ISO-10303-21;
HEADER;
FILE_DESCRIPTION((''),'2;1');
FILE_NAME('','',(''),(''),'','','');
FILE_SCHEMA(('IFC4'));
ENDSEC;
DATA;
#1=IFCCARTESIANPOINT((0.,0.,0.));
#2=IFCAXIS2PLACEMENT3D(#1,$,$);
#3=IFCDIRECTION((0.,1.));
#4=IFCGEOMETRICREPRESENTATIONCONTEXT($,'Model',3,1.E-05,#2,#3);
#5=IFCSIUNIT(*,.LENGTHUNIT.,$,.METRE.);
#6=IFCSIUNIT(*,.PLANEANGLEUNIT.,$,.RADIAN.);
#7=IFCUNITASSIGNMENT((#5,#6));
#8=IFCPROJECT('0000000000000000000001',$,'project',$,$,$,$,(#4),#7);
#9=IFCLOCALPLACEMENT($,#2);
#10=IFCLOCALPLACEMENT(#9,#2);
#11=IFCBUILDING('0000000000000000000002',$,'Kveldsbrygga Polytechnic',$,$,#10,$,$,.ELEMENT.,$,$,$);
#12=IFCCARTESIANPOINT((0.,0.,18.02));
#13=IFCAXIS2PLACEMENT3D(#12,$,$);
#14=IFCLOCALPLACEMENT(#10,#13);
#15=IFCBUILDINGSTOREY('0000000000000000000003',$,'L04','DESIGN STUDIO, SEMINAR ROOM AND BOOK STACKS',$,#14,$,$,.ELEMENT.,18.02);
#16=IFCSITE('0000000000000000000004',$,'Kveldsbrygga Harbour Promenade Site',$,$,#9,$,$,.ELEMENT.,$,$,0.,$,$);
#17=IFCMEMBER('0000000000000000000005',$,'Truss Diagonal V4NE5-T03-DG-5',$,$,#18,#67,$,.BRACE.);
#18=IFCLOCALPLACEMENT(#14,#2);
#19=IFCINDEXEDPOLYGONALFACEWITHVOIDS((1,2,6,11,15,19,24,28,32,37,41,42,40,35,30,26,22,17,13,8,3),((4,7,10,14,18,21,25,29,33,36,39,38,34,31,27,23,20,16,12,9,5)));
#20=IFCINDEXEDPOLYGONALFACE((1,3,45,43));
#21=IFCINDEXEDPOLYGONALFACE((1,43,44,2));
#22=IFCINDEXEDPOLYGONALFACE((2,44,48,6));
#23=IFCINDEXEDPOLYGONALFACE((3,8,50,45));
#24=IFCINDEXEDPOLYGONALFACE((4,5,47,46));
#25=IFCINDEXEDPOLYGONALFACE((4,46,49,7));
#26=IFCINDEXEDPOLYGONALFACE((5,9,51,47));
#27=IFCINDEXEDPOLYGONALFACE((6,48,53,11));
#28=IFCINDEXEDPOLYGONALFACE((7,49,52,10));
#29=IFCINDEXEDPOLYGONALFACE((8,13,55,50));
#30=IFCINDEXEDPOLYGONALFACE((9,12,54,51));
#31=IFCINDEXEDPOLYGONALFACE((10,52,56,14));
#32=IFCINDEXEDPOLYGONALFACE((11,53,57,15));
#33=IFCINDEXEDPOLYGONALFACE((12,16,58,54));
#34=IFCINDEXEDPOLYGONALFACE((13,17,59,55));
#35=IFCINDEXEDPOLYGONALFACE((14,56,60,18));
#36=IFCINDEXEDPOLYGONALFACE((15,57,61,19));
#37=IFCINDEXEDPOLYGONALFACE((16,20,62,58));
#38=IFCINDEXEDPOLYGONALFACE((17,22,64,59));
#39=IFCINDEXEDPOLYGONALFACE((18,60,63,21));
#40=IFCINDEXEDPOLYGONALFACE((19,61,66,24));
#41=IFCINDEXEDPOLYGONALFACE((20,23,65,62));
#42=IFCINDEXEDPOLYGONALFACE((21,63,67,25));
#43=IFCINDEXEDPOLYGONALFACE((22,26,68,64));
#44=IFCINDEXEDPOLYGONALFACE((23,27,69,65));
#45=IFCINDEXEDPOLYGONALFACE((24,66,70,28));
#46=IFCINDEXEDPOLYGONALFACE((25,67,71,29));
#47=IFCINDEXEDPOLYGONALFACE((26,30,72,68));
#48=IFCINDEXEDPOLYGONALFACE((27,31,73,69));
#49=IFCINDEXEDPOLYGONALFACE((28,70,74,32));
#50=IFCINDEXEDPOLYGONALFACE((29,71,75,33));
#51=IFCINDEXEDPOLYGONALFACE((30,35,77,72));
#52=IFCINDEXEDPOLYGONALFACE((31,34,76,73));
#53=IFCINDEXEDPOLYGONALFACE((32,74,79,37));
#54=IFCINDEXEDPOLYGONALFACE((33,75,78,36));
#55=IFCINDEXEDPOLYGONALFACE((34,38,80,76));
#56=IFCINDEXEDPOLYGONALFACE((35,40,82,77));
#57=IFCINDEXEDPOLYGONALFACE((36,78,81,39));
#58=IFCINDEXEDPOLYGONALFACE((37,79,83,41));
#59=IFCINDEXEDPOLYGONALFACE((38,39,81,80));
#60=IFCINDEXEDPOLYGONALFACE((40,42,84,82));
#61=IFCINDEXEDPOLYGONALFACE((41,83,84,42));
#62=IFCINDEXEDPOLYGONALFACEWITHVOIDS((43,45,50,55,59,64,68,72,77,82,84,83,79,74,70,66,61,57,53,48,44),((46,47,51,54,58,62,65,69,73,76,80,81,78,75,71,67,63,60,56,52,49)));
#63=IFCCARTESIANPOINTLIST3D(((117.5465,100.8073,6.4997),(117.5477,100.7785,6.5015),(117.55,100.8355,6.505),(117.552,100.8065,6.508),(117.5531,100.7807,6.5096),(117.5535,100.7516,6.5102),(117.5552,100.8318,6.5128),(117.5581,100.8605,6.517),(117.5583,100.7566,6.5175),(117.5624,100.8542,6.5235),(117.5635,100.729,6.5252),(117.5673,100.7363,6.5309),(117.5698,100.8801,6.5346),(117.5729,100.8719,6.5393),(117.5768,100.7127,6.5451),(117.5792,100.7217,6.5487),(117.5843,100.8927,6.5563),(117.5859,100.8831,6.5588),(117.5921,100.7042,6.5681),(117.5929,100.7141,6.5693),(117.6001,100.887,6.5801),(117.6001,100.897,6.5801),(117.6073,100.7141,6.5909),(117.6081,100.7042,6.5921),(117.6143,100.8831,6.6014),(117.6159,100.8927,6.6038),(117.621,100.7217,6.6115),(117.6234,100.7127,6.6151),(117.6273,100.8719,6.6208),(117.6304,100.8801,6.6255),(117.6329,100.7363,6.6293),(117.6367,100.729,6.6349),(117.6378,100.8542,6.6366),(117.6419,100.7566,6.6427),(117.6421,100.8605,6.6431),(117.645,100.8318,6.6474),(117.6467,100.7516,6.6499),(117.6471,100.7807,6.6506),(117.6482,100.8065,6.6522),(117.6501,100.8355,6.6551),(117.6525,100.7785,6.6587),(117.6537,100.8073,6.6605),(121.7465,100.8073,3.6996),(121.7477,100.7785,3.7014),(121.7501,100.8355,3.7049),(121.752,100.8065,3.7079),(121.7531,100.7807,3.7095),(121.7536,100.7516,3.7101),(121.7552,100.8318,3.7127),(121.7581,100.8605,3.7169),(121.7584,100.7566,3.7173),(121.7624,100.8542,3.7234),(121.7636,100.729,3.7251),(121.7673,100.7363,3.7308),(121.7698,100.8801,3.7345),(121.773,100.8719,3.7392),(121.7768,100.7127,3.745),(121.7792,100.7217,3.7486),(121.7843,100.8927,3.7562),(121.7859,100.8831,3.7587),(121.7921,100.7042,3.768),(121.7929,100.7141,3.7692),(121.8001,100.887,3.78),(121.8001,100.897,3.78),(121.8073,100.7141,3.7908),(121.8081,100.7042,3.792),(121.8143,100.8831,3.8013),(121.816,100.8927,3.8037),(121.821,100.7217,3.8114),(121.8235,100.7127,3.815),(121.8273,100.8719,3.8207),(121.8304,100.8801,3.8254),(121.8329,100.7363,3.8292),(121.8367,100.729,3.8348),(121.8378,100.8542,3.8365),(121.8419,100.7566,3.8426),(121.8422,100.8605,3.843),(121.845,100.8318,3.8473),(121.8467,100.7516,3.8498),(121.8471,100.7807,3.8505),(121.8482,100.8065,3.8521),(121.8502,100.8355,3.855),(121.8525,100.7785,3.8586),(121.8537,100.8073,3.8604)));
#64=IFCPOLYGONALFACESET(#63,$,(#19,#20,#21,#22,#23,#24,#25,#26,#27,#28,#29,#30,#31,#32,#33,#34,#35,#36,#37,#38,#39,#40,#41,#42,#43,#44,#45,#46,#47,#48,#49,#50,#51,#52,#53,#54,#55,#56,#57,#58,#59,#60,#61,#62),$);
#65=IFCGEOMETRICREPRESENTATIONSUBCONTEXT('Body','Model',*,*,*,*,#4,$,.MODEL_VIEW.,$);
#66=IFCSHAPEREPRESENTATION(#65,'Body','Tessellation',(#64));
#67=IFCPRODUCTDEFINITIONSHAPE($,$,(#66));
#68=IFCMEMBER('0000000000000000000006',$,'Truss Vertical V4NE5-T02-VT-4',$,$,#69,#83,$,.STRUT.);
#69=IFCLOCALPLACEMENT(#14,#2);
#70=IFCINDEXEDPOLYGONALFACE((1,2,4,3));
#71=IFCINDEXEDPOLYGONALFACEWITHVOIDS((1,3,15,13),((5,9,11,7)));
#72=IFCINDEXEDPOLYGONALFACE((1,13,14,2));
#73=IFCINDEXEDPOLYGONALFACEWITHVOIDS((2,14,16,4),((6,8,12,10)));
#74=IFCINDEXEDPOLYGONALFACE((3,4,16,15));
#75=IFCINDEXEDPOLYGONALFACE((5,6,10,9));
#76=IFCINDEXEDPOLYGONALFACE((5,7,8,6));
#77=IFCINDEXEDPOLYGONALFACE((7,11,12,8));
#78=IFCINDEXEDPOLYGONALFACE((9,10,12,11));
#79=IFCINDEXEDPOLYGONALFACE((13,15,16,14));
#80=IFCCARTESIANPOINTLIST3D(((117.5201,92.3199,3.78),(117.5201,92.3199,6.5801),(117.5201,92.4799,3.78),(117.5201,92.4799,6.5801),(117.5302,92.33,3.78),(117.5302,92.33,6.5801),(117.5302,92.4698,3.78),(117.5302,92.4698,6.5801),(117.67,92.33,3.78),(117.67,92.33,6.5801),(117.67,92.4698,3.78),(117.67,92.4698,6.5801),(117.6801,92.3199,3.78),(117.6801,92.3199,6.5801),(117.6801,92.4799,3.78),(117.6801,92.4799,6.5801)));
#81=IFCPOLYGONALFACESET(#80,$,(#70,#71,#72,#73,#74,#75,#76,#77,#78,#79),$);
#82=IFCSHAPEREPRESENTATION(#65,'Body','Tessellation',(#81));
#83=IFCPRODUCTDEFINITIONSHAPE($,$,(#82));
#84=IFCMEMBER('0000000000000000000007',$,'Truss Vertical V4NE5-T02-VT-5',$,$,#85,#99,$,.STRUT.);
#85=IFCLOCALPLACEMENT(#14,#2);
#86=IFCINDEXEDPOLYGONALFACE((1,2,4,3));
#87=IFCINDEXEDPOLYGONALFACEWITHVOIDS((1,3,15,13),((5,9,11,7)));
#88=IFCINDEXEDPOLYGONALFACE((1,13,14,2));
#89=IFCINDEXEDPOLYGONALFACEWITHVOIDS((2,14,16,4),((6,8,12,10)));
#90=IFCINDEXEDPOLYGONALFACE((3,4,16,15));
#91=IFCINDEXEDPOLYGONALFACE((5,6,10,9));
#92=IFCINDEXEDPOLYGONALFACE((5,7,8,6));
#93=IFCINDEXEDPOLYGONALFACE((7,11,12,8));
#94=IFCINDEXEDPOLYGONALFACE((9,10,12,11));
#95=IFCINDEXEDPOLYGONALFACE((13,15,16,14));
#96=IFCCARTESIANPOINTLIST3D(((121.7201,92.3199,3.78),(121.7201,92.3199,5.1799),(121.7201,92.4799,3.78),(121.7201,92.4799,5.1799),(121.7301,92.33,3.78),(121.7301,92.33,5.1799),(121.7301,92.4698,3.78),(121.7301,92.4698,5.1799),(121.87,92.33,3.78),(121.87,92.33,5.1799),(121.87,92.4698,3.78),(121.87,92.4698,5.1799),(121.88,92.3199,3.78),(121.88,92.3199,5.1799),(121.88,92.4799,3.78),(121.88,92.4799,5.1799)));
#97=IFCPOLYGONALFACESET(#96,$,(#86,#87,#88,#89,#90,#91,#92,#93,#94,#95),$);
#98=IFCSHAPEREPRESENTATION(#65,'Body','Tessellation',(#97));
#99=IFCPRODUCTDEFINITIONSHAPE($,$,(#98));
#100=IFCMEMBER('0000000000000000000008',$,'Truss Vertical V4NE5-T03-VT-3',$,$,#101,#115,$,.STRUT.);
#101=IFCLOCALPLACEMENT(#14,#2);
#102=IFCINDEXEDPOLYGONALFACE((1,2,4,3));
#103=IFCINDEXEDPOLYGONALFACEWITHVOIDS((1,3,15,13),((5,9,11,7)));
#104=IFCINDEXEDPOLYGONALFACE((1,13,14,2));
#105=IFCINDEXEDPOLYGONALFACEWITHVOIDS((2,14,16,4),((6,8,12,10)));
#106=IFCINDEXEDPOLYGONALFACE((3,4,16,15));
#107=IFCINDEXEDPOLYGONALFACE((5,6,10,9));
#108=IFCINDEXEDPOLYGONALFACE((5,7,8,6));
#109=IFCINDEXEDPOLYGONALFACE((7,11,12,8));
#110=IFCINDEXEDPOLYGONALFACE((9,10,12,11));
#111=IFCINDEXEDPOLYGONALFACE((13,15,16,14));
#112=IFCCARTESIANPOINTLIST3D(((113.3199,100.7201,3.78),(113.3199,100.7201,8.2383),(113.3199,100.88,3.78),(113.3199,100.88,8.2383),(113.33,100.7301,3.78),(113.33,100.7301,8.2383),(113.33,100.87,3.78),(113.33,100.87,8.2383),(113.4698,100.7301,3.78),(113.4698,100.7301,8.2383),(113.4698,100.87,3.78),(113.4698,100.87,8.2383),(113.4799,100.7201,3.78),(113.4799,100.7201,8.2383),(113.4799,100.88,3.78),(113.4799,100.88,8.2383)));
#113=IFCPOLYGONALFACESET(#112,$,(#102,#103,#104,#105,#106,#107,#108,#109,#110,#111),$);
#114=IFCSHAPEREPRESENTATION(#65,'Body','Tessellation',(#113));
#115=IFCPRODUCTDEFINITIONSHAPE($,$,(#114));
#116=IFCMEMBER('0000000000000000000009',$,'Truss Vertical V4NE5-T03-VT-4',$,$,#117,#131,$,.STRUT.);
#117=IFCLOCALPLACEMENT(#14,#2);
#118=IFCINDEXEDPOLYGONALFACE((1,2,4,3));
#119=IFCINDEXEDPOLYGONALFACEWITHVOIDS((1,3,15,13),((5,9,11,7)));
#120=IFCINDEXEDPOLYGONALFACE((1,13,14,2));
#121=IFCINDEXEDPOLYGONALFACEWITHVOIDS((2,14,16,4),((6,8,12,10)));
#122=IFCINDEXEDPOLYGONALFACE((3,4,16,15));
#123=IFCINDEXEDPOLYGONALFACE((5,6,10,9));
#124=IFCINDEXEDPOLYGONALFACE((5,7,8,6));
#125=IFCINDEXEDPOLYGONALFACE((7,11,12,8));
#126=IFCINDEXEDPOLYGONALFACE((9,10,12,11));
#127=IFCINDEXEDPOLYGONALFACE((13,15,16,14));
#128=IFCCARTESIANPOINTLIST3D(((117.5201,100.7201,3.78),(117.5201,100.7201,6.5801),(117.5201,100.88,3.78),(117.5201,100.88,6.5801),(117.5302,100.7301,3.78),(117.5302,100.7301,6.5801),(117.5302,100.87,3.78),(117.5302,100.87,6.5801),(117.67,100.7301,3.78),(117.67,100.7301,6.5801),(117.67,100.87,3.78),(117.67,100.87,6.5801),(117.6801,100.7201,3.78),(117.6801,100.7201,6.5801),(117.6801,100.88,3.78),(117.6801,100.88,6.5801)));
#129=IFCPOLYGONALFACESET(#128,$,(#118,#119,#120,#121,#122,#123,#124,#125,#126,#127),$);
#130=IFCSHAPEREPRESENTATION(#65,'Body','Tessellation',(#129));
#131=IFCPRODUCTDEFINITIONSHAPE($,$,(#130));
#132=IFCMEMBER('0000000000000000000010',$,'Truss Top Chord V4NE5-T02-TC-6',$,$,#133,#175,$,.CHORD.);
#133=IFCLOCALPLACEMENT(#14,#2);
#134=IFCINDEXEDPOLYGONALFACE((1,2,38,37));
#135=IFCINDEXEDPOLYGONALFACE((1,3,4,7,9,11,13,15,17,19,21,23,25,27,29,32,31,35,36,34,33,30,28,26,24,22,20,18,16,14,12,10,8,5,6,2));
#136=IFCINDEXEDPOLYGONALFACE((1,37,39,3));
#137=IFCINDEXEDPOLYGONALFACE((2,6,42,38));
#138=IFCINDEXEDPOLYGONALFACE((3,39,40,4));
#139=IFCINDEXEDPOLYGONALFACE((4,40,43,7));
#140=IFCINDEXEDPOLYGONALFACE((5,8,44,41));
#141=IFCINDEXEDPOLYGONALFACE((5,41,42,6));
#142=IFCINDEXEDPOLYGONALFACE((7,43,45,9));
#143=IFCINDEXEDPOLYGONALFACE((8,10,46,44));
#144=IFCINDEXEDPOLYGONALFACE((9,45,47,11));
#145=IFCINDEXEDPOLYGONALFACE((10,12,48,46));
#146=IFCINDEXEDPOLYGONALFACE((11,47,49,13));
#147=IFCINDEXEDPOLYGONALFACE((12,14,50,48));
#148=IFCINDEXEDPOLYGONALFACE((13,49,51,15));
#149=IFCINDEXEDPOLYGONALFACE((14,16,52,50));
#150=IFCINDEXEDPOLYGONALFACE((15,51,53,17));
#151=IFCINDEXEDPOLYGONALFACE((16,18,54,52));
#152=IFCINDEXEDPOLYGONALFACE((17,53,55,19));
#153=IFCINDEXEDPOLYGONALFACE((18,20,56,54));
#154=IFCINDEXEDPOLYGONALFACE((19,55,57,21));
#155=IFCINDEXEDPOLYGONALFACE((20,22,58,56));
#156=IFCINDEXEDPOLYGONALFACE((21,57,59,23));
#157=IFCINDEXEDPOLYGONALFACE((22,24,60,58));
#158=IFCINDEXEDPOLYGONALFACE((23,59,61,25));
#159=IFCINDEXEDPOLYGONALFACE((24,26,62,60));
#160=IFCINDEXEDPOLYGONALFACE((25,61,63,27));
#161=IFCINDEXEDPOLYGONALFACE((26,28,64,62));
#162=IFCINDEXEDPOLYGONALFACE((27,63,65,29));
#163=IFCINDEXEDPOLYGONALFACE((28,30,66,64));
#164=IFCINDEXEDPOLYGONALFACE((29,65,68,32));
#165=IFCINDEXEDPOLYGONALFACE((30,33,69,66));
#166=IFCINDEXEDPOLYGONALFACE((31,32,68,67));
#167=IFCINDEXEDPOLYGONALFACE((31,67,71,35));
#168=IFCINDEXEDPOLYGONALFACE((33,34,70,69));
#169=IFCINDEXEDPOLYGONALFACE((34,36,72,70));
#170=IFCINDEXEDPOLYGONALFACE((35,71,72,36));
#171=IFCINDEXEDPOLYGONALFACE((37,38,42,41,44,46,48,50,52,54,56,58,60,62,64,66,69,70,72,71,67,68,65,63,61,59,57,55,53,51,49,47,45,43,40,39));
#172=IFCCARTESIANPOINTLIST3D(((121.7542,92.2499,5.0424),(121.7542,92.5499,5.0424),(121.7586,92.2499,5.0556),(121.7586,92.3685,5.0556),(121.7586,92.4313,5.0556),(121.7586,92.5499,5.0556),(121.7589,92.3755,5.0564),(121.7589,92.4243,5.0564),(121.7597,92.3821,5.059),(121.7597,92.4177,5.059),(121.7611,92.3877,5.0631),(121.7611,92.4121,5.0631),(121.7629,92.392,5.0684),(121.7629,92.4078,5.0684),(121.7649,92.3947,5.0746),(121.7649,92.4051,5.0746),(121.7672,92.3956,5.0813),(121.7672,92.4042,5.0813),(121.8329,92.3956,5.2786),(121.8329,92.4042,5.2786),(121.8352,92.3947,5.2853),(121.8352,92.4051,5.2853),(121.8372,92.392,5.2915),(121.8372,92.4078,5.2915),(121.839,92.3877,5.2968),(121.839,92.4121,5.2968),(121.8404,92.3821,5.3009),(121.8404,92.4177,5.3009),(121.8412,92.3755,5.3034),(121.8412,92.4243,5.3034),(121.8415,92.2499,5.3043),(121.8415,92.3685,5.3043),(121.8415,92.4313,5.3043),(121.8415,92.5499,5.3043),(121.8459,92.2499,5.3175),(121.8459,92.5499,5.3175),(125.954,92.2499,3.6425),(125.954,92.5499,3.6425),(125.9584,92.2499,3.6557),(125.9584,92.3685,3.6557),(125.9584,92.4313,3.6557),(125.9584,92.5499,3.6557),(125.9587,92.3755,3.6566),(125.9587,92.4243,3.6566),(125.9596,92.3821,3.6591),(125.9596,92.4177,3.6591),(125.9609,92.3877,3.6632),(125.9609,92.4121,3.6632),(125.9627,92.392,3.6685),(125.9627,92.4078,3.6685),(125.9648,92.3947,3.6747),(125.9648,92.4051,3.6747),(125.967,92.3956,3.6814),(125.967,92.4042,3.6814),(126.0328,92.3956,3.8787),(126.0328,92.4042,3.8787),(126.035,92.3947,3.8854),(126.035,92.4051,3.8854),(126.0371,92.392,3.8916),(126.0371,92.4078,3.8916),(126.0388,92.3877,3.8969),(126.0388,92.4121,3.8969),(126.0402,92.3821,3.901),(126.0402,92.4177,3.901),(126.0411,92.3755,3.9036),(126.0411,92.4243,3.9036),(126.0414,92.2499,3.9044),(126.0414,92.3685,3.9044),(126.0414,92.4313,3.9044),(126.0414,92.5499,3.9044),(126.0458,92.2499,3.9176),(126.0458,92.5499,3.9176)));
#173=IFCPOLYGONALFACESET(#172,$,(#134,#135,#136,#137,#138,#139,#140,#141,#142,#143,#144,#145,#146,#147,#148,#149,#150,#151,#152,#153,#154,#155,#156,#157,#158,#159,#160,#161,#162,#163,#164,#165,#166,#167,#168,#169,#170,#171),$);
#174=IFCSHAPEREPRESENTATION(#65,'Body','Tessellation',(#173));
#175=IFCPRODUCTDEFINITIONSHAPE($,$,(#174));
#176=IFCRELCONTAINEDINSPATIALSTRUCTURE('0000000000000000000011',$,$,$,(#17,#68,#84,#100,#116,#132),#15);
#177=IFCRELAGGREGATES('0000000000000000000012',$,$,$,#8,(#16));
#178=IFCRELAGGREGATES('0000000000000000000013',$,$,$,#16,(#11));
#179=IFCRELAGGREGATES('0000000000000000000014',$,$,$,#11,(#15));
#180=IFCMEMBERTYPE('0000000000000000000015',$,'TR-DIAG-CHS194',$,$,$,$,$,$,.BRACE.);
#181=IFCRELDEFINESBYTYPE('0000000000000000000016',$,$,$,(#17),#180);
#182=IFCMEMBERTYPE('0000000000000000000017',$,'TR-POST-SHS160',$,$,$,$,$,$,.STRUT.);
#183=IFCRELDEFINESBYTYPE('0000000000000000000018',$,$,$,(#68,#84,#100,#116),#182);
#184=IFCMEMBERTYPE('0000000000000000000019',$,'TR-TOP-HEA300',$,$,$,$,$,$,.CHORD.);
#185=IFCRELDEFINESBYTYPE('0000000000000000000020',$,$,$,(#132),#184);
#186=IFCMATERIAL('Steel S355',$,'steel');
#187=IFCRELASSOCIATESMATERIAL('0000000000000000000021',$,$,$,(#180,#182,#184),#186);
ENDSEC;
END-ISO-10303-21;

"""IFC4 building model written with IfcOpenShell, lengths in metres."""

from ifc_helpers import new_model, si_unit, direction, frame, origin, origin_2d, place, context, subcontext, project, spatial, hollow_rectangle, hollow_circle, i_section, extrude, material, material_profile, profile_set, type_object, element, save


model = new_model("IFC4")

# Units and contexts
model_context = context("Model", 3, precision=1e-05, world=origin(), true_north=direction((0.0, 1.0)))
body_context = subcontext(model_context, "Body", "Model", "MODEL_VIEW")
ifc_project = project(units=[si_unit("LENGTHUNIT", "METRE"), si_unit("PLANEANGLEUNIT", "RADIAN")], contexts=[model_context])

# Site, building, storey
site_placement = place(None, origin())
site = spatial("IfcSite", under=ifc_project, at=site_placement, Name="Kveldsbrygga Harbour Promenade Site", CompositionType="ELEMENT", RefElevation=0.0)
building_placement = place(site_placement, origin())
building = spatial("IfcBuilding", under=site, at=building_placement, Name="Kveldsbrygga Polytechnic", CompositionType="ELEMENT")
storey_placement = place(building_placement, frame((0.0, 0.0, 18.02)))
storey = spatial("IfcBuildingStorey", under=building, at=storey_placement, Name="L04", Description="DESIGN STUDIO, SEMINAR ROOM AND BOOK STACKS", CompositionType="ELEMENT", Elevation=18.02)

# Members
ifc_material_1 = material(Name="Steel S355", Category="steel")
ifc_material_profile_1 = material_profile(ifc_material_1, hollow_circle(Radius=0.0969, WallThickness=0.01, at=origin_2d()), Name="CHS 193.7x10.0")
ifc_profile_set_1 = profile_set([ifc_material_profile_1], Name="Steel S355")
member_type_1 = type_object("IfcMemberType", Name="TR-DIAG-CHS194", PredefinedType="BRACE", material=ifc_profile_set_1)
member_1_placement = place(storey_placement, frame((117.6001, 100.8, 6.5801), z_axis=(0.832043, 0.0, -0.554711), x_axis=(0.0, 1.0, 0.0)))
element("IfcMember", 1, at=member_1_placement, inside=storey, type_object=member_type_1, Name="Truss Diagonal V4NE5-T03-DG-5", PredefinedType="BRACE", context=body_context, shape_type="SweptSolid", body=[
    extrude(hollow_circle(Radius=0.0969, WallThickness=0.01, at=origin_2d()), origin(), (0.0, 0.0, 1.0), 5.0479),
])
ifc_material_profile_2 = material_profile(ifc_material_1, hollow_rectangle(XDim=0.1599, YDim=0.1599, WallThickness=0.01, at=origin_2d()), Name="SHS 160x160x10.0")
ifc_profile_set_2 = profile_set([ifc_material_profile_2], Name="Steel S355")
member_type_2 = type_object("IfcMemberType", Name="TR-POST-SHS160", PredefinedType="STRUT", material=ifc_profile_set_2)
member_2_placement = place(storey_placement, frame((117.6001, 92.3999, 3.78), z_axis=(0.0, 0.0, 1.0), x_axis=(1.0, 0.0, 0.0)))
element("IfcMember", 2, at=member_2_placement, inside=storey, type_object=member_type_2, Name="Truss Vertical V4NE5-T02-VT-4", PredefinedType="STRUT", context=body_context, shape_type="SweptSolid", body=[
    extrude(hollow_rectangle(XDim=0.1599, YDim=0.1599, WallThickness=0.01, at=origin_2d()), origin(), (0.0, 0.0, 1.0), 2.8),
])
member_3_placement = place(storey_placement, frame((121.8, 92.3999, 3.78), z_axis=(0.0, 0.0, 1.0), x_axis=(1.0, 0.0, 0.0)))
element("IfcMember", 3, at=member_3_placement, inside=storey, type_object=member_type_2, Name="Truss Vertical V4NE5-T02-VT-5", PredefinedType="STRUT", context=body_context, shape_type="SweptSolid", body=[
    extrude(hollow_rectangle(XDim=0.1599, YDim=0.1599, WallThickness=0.01, at=origin_2d()), origin(), (0.0, 0.0, 1.0), 1.3999),
])
member_4_placement = place(storey_placement, frame((113.3999, 100.8, 3.78), z_axis=(0.0, 0.0, 1.0), x_axis=(1.0, 0.0, 0.0)))
element("IfcMember", 4, at=member_4_placement, inside=storey, type_object=member_type_2, Name="Truss Vertical V4NE5-T03-VT-3", PredefinedType="STRUT", context=body_context, shape_type="SweptSolid", body=[
    extrude(hollow_rectangle(XDim=0.1599, YDim=0.1599, WallThickness=0.01, at=origin_2d()), origin(), (0.0, 0.0, 1.0), 4.4583),
])
member_5_placement = place(storey_placement, frame((117.6001, 100.8, 3.78), z_axis=(0.0, 0.0, 1.0), x_axis=(1.0, 0.0, 0.0)))
element("IfcMember", 5, at=member_5_placement, inside=storey, type_object=member_type_2, Name="Truss Vertical V4NE5-T03-VT-4", PredefinedType="STRUT", context=body_context, shape_type="SweptSolid", body=[
    extrude(hollow_rectangle(XDim=0.1599, YDim=0.1599, WallThickness=0.01, at=origin_2d()), origin(), (0.0, 0.0, 1.0), 2.8),
])
ifc_material_profile_3 = material_profile(ifc_material_1, i_section(OverallWidth=0.3, OverallDepth=0.29, WebThickness=0.0085, FlangeThickness=0.0139, FilletRadius=0.0271, at=origin_2d()), Name="HEA 300")
ifc_profile_set_3 = profile_set([ifc_material_profile_3], Name="Steel S355")
member_type_3 = type_object("IfcMemberType", Name="TR-TOP-HEA300", PredefinedType="CHORD", material=ifc_profile_set_3)
member_6_placement = place(storey_placement, frame((121.8, 92.3999, 5.1799), z_axis=(0.948689, 0.0, -0.316211), x_axis=(0.0, 1.0, 0.0)))
element("IfcMember", 6, at=member_6_placement, inside=storey, type_object=member_type_3, Name="Truss Top Chord V4NE5-T02-TC-6", PredefinedType="CHORD", context=body_context, shape_type="SweptSolid", body=[
    extrude(i_section(OverallWidth=0.3, OverallDepth=0.29, WebThickness=0.0085, FlangeThickness=0.0139, FilletRadius=0.0271, at=origin_2d()), origin(), (0.0, 0.0, 1.0), 4.427),
])

save(model, "model.ifc")
